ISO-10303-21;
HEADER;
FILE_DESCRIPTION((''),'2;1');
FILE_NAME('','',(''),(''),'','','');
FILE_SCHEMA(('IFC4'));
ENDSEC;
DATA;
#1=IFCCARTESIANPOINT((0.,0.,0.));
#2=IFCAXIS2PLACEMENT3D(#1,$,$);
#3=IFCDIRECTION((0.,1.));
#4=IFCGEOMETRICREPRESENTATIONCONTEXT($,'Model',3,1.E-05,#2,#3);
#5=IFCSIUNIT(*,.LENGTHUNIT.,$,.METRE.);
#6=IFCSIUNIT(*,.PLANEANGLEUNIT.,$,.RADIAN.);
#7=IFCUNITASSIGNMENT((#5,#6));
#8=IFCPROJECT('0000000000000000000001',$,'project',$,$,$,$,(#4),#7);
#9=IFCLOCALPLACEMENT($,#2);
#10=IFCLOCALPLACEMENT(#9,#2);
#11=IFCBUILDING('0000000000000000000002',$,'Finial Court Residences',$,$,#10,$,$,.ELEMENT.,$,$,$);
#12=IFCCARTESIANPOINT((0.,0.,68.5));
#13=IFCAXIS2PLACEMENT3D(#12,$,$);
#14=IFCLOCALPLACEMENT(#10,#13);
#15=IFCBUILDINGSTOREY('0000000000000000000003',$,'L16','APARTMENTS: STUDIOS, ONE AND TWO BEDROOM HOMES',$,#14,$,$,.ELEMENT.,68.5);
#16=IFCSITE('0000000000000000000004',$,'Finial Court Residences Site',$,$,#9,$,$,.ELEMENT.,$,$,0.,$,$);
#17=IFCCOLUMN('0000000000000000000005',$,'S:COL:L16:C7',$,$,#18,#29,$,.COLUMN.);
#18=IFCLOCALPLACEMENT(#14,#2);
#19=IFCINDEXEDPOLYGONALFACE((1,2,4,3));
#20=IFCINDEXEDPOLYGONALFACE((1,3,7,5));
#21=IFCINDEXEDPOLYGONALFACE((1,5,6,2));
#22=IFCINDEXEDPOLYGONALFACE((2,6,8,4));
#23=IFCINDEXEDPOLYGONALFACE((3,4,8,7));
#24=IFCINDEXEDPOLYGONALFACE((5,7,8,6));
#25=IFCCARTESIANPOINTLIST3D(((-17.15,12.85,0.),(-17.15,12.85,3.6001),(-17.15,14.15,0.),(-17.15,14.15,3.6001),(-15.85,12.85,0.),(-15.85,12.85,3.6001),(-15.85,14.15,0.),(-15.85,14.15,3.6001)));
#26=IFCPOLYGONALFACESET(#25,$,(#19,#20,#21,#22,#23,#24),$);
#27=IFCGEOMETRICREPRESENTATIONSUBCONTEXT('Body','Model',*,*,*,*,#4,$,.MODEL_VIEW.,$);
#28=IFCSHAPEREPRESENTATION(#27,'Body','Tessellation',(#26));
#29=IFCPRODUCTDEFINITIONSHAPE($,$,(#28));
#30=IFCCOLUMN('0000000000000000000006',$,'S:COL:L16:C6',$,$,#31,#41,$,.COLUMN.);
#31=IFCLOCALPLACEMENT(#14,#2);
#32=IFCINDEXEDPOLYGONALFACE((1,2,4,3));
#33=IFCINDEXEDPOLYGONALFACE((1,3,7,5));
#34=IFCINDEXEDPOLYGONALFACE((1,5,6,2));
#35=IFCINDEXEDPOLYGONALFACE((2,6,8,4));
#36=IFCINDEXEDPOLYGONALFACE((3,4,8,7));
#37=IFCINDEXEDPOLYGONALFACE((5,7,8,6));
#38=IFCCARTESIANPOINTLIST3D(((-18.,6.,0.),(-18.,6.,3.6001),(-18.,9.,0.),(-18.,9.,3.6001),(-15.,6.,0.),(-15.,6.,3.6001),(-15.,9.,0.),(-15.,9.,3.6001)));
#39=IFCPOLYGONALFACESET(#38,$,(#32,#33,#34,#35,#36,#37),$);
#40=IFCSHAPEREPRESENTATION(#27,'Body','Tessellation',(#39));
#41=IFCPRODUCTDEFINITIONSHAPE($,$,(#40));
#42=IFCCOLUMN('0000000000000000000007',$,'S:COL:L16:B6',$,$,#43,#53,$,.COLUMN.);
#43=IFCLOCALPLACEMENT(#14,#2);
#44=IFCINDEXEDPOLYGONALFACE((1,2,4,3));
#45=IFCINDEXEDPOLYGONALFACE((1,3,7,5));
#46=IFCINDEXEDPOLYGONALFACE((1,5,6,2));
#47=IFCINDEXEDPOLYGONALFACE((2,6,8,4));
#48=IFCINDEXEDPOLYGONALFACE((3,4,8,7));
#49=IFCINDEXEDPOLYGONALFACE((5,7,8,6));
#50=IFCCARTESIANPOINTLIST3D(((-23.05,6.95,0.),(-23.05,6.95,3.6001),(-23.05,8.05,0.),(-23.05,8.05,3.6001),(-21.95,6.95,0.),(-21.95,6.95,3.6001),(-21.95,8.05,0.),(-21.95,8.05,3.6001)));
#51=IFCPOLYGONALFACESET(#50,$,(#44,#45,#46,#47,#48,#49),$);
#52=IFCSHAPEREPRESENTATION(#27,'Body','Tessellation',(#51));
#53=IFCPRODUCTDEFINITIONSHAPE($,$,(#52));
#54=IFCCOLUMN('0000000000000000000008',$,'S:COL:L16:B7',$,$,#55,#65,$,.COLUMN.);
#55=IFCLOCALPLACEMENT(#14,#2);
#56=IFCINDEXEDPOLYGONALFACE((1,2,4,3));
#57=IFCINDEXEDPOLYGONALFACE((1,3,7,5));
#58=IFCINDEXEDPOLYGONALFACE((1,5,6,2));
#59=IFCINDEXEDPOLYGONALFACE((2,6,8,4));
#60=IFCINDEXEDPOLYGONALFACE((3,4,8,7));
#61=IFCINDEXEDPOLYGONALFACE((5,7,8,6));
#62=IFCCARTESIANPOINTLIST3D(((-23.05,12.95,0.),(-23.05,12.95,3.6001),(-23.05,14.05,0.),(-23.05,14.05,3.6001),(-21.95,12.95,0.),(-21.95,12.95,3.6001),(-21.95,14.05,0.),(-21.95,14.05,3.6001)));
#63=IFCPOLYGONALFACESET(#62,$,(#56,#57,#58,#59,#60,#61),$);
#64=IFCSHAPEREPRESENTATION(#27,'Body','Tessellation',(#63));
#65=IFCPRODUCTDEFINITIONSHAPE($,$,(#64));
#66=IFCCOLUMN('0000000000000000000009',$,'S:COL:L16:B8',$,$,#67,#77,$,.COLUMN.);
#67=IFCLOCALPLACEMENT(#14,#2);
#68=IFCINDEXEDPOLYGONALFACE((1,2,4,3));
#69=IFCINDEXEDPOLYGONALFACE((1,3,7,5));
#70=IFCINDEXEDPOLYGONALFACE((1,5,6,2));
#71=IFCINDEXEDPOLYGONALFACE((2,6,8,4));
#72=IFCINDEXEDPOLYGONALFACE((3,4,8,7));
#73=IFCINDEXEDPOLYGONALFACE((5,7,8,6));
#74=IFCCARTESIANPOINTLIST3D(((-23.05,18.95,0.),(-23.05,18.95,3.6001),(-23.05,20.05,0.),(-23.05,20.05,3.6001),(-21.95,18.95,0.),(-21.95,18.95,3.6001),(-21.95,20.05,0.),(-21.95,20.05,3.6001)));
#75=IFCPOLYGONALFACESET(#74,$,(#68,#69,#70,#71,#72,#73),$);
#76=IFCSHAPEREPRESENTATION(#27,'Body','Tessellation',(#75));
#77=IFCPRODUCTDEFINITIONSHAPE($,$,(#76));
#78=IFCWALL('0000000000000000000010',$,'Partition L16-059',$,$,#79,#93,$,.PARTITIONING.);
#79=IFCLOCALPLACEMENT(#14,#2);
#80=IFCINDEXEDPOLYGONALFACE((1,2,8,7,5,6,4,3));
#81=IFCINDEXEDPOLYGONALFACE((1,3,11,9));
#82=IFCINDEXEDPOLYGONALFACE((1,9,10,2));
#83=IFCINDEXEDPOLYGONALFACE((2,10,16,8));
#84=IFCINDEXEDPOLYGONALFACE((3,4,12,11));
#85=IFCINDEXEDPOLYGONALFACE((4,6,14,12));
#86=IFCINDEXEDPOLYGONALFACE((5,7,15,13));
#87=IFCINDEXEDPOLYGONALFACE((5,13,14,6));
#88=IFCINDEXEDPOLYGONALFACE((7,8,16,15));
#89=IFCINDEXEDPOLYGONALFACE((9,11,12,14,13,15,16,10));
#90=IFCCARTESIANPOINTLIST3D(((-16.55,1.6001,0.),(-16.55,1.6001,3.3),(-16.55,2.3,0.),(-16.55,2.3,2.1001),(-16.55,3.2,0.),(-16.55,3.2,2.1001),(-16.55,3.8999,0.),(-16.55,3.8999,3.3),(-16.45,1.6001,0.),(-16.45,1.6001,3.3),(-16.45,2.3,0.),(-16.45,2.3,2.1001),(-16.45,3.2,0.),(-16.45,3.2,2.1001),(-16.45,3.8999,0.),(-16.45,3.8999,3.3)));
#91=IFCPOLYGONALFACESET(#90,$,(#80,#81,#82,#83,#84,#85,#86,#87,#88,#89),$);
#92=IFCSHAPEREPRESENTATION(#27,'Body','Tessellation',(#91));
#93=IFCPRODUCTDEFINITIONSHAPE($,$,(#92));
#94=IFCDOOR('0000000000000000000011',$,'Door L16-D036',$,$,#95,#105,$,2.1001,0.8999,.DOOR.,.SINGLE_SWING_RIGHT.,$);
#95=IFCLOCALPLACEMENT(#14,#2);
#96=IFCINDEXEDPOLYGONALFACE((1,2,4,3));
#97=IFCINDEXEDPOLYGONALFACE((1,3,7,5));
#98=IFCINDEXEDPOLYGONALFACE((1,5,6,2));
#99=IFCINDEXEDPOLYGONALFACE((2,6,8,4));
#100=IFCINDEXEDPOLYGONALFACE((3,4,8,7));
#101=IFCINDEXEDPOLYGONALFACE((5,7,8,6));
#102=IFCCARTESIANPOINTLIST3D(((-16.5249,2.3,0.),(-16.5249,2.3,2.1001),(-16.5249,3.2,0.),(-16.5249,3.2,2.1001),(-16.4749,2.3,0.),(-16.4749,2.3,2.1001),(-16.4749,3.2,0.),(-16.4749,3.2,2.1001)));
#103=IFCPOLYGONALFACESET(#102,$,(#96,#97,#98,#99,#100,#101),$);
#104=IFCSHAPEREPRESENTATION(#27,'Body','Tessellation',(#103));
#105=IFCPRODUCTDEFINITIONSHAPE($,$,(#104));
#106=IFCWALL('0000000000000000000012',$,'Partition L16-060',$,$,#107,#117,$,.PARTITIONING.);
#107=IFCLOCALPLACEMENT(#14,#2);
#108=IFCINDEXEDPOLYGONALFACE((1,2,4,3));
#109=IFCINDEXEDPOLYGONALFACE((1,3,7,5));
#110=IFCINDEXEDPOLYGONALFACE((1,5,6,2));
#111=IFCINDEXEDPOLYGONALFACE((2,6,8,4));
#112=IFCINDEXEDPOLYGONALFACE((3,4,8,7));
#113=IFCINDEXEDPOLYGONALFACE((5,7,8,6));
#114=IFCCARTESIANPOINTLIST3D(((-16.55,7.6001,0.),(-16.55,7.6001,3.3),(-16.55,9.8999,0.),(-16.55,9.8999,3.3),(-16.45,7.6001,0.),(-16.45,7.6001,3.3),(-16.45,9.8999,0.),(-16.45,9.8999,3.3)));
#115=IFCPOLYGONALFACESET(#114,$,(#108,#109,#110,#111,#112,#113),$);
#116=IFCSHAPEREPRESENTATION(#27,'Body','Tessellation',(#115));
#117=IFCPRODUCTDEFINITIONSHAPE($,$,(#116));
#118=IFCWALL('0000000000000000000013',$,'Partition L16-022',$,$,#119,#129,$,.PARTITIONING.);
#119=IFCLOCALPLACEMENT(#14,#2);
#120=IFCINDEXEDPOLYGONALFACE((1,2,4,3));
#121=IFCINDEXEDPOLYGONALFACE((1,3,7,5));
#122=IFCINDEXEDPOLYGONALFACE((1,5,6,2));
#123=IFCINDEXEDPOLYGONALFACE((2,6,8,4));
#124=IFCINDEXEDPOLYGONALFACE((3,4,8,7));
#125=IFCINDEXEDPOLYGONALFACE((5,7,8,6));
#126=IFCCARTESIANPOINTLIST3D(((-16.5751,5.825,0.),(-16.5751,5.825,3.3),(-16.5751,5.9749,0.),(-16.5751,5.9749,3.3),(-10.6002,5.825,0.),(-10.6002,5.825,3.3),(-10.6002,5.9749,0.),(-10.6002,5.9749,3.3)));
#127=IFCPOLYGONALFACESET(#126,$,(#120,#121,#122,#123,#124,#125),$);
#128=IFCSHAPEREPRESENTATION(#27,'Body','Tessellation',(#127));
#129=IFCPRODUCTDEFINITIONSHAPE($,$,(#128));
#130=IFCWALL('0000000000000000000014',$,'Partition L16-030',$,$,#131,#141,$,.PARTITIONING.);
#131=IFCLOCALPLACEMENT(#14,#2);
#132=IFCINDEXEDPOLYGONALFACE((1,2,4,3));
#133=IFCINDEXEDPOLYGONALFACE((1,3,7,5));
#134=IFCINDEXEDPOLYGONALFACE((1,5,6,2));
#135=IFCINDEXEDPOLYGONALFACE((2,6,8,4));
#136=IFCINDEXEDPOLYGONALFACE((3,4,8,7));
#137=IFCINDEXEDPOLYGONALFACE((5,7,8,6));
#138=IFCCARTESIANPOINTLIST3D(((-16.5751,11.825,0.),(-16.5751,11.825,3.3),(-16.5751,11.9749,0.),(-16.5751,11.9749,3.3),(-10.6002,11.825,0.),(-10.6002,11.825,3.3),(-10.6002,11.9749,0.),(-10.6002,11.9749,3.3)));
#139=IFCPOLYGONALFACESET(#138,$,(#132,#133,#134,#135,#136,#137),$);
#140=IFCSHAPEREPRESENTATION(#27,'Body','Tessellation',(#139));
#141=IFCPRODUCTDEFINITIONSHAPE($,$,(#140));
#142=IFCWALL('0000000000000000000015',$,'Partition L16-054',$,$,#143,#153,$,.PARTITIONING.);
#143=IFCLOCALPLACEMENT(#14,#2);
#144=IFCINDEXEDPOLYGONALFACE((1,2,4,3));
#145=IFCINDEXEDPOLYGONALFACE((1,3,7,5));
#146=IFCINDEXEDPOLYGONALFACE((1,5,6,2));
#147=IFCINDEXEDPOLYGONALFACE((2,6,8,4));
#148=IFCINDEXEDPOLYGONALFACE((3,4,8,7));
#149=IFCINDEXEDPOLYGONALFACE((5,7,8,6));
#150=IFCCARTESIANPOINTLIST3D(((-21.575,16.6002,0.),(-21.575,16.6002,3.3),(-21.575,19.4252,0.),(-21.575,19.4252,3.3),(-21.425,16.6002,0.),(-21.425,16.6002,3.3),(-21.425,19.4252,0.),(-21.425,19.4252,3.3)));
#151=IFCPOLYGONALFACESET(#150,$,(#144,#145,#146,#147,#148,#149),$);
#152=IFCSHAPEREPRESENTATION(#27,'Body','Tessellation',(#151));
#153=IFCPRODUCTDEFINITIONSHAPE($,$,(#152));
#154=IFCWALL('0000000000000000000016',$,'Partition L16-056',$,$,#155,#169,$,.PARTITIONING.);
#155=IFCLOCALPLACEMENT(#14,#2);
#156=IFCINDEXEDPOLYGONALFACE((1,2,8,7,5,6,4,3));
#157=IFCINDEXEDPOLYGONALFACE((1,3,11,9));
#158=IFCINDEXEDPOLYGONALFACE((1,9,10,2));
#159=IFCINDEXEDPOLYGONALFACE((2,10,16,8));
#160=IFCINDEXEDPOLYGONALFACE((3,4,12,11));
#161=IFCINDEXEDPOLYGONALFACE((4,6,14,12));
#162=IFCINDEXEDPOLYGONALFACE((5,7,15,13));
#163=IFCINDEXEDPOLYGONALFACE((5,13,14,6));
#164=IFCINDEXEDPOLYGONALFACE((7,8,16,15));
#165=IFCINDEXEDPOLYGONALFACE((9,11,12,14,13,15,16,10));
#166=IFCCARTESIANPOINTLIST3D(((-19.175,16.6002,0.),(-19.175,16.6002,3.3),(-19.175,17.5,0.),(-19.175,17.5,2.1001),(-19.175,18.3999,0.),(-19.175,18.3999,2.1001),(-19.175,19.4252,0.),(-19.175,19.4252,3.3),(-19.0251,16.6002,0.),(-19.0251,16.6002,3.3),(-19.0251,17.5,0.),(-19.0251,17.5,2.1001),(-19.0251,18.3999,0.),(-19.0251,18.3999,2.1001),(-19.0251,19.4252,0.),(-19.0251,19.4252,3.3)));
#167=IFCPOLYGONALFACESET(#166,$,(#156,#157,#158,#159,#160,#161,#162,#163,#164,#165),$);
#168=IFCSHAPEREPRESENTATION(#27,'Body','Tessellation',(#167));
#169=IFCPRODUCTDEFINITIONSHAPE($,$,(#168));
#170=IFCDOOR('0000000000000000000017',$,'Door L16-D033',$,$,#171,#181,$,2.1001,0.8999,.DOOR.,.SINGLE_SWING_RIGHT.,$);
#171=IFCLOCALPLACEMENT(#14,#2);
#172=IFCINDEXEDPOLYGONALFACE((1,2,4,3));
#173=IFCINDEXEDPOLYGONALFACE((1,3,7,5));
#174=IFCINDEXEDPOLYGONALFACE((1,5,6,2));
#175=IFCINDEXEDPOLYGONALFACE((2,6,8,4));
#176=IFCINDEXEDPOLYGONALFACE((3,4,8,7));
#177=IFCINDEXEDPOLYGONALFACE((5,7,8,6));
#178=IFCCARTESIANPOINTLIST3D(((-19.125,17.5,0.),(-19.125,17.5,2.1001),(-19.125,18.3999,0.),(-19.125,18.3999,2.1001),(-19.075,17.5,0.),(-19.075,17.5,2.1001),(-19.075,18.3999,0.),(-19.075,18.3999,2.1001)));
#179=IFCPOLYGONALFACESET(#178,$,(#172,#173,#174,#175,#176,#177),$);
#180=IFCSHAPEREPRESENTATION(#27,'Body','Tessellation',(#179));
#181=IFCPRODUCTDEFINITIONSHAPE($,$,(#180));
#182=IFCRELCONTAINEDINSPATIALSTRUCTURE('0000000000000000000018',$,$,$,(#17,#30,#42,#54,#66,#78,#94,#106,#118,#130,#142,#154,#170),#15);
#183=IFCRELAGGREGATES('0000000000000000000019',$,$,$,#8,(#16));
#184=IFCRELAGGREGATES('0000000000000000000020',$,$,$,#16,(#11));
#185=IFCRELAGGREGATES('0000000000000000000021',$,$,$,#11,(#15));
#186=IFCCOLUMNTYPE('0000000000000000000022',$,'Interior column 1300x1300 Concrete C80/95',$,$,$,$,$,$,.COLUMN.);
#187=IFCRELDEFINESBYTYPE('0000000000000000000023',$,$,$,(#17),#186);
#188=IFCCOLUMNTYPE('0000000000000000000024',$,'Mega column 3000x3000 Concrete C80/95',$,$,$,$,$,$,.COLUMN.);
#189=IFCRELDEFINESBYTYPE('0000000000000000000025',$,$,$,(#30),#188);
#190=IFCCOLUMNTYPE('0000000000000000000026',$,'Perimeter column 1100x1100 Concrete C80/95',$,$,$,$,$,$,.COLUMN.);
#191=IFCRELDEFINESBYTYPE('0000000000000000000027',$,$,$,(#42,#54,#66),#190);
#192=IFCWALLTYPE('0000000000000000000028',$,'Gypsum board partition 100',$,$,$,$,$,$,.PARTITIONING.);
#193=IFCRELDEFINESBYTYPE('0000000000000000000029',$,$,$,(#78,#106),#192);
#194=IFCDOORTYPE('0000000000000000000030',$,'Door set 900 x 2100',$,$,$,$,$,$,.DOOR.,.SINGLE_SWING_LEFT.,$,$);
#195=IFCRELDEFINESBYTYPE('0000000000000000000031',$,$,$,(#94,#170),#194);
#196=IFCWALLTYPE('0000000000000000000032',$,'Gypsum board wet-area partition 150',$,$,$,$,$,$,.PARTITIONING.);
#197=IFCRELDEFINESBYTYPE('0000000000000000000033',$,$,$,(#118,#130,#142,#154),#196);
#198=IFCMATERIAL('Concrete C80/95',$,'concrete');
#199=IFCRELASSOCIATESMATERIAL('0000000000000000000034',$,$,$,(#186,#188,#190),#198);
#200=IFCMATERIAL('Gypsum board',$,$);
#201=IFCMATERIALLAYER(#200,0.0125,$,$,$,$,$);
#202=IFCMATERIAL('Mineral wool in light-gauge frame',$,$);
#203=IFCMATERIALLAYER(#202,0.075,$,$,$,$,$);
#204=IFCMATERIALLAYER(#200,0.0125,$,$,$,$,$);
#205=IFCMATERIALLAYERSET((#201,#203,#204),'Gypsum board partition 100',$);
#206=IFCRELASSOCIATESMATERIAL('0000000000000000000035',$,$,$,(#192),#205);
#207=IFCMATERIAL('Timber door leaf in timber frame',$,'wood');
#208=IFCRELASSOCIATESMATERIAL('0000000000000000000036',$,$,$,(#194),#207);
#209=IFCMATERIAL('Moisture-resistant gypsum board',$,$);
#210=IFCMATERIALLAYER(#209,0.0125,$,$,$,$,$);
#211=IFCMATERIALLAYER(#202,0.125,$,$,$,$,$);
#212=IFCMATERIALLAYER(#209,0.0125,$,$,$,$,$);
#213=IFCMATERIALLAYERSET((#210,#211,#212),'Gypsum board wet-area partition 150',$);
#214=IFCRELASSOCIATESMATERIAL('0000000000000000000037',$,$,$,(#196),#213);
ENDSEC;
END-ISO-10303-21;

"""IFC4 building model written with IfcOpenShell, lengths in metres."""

from ifc_helpers import new_model, si_unit, direction, frame, frame_2d, origin, origin_2d, place, context, subcontext, project, spatial, rectangle, extrude, material, layer, layer_set, material_profile, profile_set, type_object, element, fill, save


model = new_model("IFC4")

# Units and contexts
model_context = context("Model", 3, precision=1e-05, world=origin(), true_north=direction((0.0, 1.0)))
body_context = subcontext(model_context, "Body", "Model", "MODEL_VIEW")
ifc_project = project(units=[si_unit("LENGTHUNIT", "METRE"), si_unit("PLANEANGLEUNIT", "RADIAN")], contexts=[model_context])

# Site, building, storey
site_placement = place(None, origin())
site = spatial("IfcSite", under=ifc_project, at=site_placement, Name="Finial Court Residences Site", CompositionType="ELEMENT", RefElevation=0.0)
building_placement = place(site_placement, origin())
building = spatial("IfcBuilding", under=site, at=building_placement, Name="Finial Court Residences", CompositionType="ELEMENT")
storey_placement = place(building_placement, frame((0.0, 0.0, 68.5)))
storey = spatial("IfcBuildingStorey", under=building, at=storey_placement, Name="L16", Description="APARTMENTS: STUDIOS, ONE AND TWO BEDROOM HOMES", CompositionType="ELEMENT", Elevation=68.5)

# Columns
ifc_material_1 = material(Name="Concrete C80/95", Category="concrete")
ifc_material_profile_1 = material_profile(ifc_material_1, rectangle(XDim=1.3, YDim=1.3, at=origin_2d()), Name="1300x1300")
ifc_profile_set_1 = profile_set([ifc_material_profile_1], Name="Concrete C80/95")
column_type_1 = type_object("IfcColumnType", Name="Interior column 1300x1300 Concrete C80/95", PredefinedType="COLUMN", material=ifc_profile_set_1)
column_1_placement = place(storey_placement, frame((-16.5, 13.5, 0.0), z_axis=(0.0, 0.0, 1.0), x_axis=(1.0, 0.0, 0.0)))
element("IfcColumn", 1, at=column_1_placement, inside=storey, type_object=column_type_1, Name="S:COL:L16:C7", PredefinedType="COLUMN", context=body_context, shape_type="SweptSolid", body=[
    extrude(rectangle(XDim=1.3, YDim=1.3, at=origin_2d()), origin(), (0.0, 0.0, 1.0), 3.6001),
])
ifc_material_profile_2 = material_profile(ifc_material_1, rectangle(XDim=3.0, YDim=3.0, at=origin_2d()), Name="3000x3000")
ifc_profile_set_2 = profile_set([ifc_material_profile_2], Name="Concrete C80/95")
column_type_2 = type_object("IfcColumnType", Name="Mega column 3000x3000 Concrete C80/95", PredefinedType="COLUMN", material=ifc_profile_set_2)
column_2_placement = place(storey_placement, frame((-16.5, 7.5, 0.0), z_axis=(0.0, 0.0, 1.0), x_axis=(1.0, 0.0, 0.0)))
element("IfcColumn", 2, at=column_2_placement, inside=storey, type_object=column_type_2, Name="S:COL:L16:C6", PredefinedType="COLUMN", context=body_context, shape_type="SweptSolid", body=[
    extrude(rectangle(XDim=3.0, YDim=3.0, at=origin_2d()), origin(), (0.0, 0.0, 1.0), 3.6001),
])
ifc_material_profile_3 = material_profile(ifc_material_1, rectangle(XDim=1.1001, YDim=1.1001, at=origin_2d()), Name="1100x1100")
ifc_profile_set_3 = profile_set([ifc_material_profile_3], Name="Concrete C80/95")
column_type_3 = type_object("IfcColumnType", Name="Perimeter column 1100x1100 Concrete C80/95", PredefinedType="COLUMN", material=ifc_profile_set_3)
for number, where, z_axis, x_axis, name in (
    (3, (-22.5, 7.5, 0.0), (0.0, 0.0, 1.0), (1.0, 0.0, 0.0), "S:COL:L16:B6"),
    (4, (-22.5, 13.5, 0.0), (0.0, 0.0, 1.0), (1.0, 0.0, 0.0), "S:COL:L16:B7"),
    (5, (-22.5, 19.5, 0.0), (0.0, 0.0, 1.0), (1.0, 0.0, 0.0), "S:COL:L16:B8"),
):
    element("IfcColumn", number, at=place(storey_placement, frame(where, z_axis=z_axis, x_axis=x_axis)), inside=storey, type_object=column_type_3, Name=name, PredefinedType="COLUMN", context=body_context, shape_type="SweptSolid", body=[
        extrude(rectangle(XDim=1.1001, YDim=1.1001, at=origin_2d()), origin(), (0.0, 0.0, 1.0), 3.6001),
    ])

# Wall, opening, door
ifc_material_2 = material(Name="Gypsum board")
ifc_layer_1 = layer(ifc_material_2, 0.0125)
ifc_material_3 = material(Name="Mineral wool in light-gauge frame")
ifc_layer_2 = layer(ifc_material_3, 0.075)
ifc_layer_3 = layer(ifc_material_2, 0.0125)
ifc_layer_set_1 = layer_set([ifc_layer_1, ifc_layer_2, ifc_layer_3], Name="Gypsum board partition 100")
wall_type_1 = type_object("IfcWallType", Name="Gypsum board partition 100", PredefinedType="PARTITIONING", material=ifc_layer_set_1)
wall_1_placement = place(storey_placement, frame((-16.5, 1.6001, 0.0), z_axis=(0.0, 0.0, 1.0), x_axis=(0.0, 1.0, 0.0)))
wall_1 = element("IfcWall", 6, at=wall_1_placement, inside=storey, type_object=wall_type_1, Name="Partition L16-059", PredefinedType="PARTITIONING", context=body_context, shape_type="SweptSolid", body=[
    extrude(rectangle(XDim=2.2998, YDim=0.1001, at=frame_2d((1.1499, 0.0))), origin(), (0.0, 0.0, 1.0), 3.3),
])
opening_1_placement = place(wall_1_placement, frame((0.7, 0.0, 0.0)))
opening_1 = element("IfcOpeningElement", 7, at=opening_1_placement, cuts=wall_1, PredefinedType="OPENING", context=body_context, shape_type="SweptSolid", body=[
    extrude(rectangle(XDim=0.8999, YDim=2.1001, at=frame_2d((0.45, 1.05))), frame((0.0, 0.0601, 0.0), z_axis=(0.0, -1.0, 0.0), x_axis=(1.0, 0.0, 0.0)), (0.0, 0.0, 1.0), 0.1201),
])
ifc_material_4 = material(Name="Timber door leaf in timber frame", Category="wood")
door_type = type_object("IfcDoorType", Name="Door set 900 x 2100", OperationType="SINGLE_SWING_LEFT", PredefinedType="DOOR", material=ifc_material_4)
door_1_placement = place(opening_1_placement, origin())
door_1 = element("IfcDoor", 8, at=door_1_placement, inside=storey, type_object=door_type, Name="Door L16-D036", OperationType="SINGLE_SWING_RIGHT", OverallHeight=2.1001, OverallWidth=0.8999, PredefinedType="DOOR", context=body_context, shape_type="SweptSolid", body=[
    extrude(rectangle(XDim=0.8999, YDim=2.1001, at=frame_2d((0.45, 1.05))), frame((0.0, 0.0249, 0.0), z_axis=(0.0, -1.0, 0.0), x_axis=(1.0, 0.0, 0.0)), (0.0, 0.0, 1.0), 0.05),
])
fill(opening_1, door_1)

# Walls
wall_2_placement = place(storey_placement, frame((-16.5, 7.6001, 0.0), z_axis=(0.0, 0.0, 1.0), x_axis=(0.0, 1.0, 0.0)))
element("IfcWall", 9, at=wall_2_placement, inside=storey, type_object=wall_type_1, Name="Partition L16-060", PredefinedType="PARTITIONING", context=body_context, shape_type="SweptSolid", body=[
    extrude(rectangle(XDim=2.2998, YDim=0.1001, at=frame_2d((1.1499, 0.0))), origin(), (0.0, 0.0, 1.0), 3.3),
])
ifc_material_5 = material(Name="Moisture-resistant gypsum board")
ifc_layer_4 = layer(ifc_material_5, 0.0125)
ifc_layer_5 = layer(ifc_material_3, 0.125)
ifc_layer_6 = layer(ifc_material_5, 0.0125)
ifc_layer_set_2 = layer_set([ifc_layer_4, ifc_layer_5, ifc_layer_6], Name="Gypsum board wet-area partition 150")
wall_type_2 = type_object("IfcWallType", Name="Gypsum board wet-area partition 150", PredefinedType="PARTITIONING", material=ifc_layer_set_2)
for number, where, z_axis, x_axis, name in (
    (10, (-16.575, 5.8999, 0.0), (0.0, 0.0, 1.0), (1.0, 0.0, 0.0), "Partition L16-022"),
    (11, (-16.575, 11.8999, 0.0), (0.0, 0.0, 1.0), (1.0, 0.0, 0.0), "Partition L16-030"),
):
    element("IfcWall", number, at=place(storey_placement, frame(where, z_axis=z_axis, x_axis=x_axis)), inside=storey, type_object=wall_type_2, Name=name, PredefinedType="PARTITIONING", context=body_context, shape_type="SweptSolid", body=[
        extrude(rectangle(XDim=5.9749, YDim=0.1499, at=frame_2d((2.9873, 0.0))), origin(), (0.0, 0.0, 1.0), 3.3),
    ])
wall_3_placement = place(storey_placement, frame((-21.5, 16.6001, 0.0), z_axis=(0.0, 0.0, 1.0), x_axis=(0.0, 1.0, 0.0)))
element("IfcWall", 12, at=wall_3_placement, inside=storey, type_object=wall_type_2, Name="Partition L16-054", PredefinedType="PARTITIONING", context=body_context, shape_type="SweptSolid", body=[
    extrude(rectangle(XDim=2.825, YDim=0.1499, at=frame_2d((1.4126, 0.0))), origin(), (0.0, 0.0, 1.0), 3.3),
])

# Wall, opening, door
wall_4_placement = place(storey_placement, frame((-19.1001, 16.6001, 0.0), z_axis=(0.0, 0.0, 1.0), x_axis=(0.0, 1.0, 0.0)))
wall_4 = element("IfcWall", 13, at=wall_4_placement, inside=storey, type_object=wall_type_2, Name="Partition L16-056", PredefinedType="PARTITIONING", context=body_context, shape_type="SweptSolid", body=[
    extrude(rectangle(XDim=2.825, YDim=0.1499, at=frame_2d((1.4126, 0.0))), origin(), (0.0, 0.0, 1.0), 3.3),
])
opening_2_placement = place(wall_4_placement, frame((0.8999, 0.0, 0.0)))
opening_2 = element("IfcOpeningElement", 14, at=opening_2_placement, cuts=wall_4, PredefinedType="OPENING", context=body_context, shape_type="SweptSolid", body=[
    extrude(rectangle(XDim=0.8999, YDim=2.1001, at=frame_2d((0.45, 1.05))), frame((0.0, 0.085, 0.0), z_axis=(0.0, -1.0, 0.0), x_axis=(1.0, 0.0, 0.0)), (0.0, 0.0, 1.0), 0.1699),
])
door_2_placement = place(opening_2_placement, origin())
door_2 = element("IfcDoor", 15, at=door_2_placement, inside=storey, type_object=door_type, Name="Door L16-D033", OperationType="SINGLE_SWING_RIGHT", OverallHeight=2.1001, OverallWidth=0.8999, PredefinedType="DOOR", context=body_context, shape_type="SweptSolid", body=[
    extrude(rectangle(XDim=0.8999, YDim=2.1001, at=frame_2d((0.45, 1.05))), frame((0.0, 0.0249, 0.0), z_axis=(0.0, -1.0, 0.0), x_axis=(1.0, 0.0, 0.0)), (0.0, 0.0, 1.0), 0.05),
])
fill(opening_2, door_2)

save(model, "model.ifc")
